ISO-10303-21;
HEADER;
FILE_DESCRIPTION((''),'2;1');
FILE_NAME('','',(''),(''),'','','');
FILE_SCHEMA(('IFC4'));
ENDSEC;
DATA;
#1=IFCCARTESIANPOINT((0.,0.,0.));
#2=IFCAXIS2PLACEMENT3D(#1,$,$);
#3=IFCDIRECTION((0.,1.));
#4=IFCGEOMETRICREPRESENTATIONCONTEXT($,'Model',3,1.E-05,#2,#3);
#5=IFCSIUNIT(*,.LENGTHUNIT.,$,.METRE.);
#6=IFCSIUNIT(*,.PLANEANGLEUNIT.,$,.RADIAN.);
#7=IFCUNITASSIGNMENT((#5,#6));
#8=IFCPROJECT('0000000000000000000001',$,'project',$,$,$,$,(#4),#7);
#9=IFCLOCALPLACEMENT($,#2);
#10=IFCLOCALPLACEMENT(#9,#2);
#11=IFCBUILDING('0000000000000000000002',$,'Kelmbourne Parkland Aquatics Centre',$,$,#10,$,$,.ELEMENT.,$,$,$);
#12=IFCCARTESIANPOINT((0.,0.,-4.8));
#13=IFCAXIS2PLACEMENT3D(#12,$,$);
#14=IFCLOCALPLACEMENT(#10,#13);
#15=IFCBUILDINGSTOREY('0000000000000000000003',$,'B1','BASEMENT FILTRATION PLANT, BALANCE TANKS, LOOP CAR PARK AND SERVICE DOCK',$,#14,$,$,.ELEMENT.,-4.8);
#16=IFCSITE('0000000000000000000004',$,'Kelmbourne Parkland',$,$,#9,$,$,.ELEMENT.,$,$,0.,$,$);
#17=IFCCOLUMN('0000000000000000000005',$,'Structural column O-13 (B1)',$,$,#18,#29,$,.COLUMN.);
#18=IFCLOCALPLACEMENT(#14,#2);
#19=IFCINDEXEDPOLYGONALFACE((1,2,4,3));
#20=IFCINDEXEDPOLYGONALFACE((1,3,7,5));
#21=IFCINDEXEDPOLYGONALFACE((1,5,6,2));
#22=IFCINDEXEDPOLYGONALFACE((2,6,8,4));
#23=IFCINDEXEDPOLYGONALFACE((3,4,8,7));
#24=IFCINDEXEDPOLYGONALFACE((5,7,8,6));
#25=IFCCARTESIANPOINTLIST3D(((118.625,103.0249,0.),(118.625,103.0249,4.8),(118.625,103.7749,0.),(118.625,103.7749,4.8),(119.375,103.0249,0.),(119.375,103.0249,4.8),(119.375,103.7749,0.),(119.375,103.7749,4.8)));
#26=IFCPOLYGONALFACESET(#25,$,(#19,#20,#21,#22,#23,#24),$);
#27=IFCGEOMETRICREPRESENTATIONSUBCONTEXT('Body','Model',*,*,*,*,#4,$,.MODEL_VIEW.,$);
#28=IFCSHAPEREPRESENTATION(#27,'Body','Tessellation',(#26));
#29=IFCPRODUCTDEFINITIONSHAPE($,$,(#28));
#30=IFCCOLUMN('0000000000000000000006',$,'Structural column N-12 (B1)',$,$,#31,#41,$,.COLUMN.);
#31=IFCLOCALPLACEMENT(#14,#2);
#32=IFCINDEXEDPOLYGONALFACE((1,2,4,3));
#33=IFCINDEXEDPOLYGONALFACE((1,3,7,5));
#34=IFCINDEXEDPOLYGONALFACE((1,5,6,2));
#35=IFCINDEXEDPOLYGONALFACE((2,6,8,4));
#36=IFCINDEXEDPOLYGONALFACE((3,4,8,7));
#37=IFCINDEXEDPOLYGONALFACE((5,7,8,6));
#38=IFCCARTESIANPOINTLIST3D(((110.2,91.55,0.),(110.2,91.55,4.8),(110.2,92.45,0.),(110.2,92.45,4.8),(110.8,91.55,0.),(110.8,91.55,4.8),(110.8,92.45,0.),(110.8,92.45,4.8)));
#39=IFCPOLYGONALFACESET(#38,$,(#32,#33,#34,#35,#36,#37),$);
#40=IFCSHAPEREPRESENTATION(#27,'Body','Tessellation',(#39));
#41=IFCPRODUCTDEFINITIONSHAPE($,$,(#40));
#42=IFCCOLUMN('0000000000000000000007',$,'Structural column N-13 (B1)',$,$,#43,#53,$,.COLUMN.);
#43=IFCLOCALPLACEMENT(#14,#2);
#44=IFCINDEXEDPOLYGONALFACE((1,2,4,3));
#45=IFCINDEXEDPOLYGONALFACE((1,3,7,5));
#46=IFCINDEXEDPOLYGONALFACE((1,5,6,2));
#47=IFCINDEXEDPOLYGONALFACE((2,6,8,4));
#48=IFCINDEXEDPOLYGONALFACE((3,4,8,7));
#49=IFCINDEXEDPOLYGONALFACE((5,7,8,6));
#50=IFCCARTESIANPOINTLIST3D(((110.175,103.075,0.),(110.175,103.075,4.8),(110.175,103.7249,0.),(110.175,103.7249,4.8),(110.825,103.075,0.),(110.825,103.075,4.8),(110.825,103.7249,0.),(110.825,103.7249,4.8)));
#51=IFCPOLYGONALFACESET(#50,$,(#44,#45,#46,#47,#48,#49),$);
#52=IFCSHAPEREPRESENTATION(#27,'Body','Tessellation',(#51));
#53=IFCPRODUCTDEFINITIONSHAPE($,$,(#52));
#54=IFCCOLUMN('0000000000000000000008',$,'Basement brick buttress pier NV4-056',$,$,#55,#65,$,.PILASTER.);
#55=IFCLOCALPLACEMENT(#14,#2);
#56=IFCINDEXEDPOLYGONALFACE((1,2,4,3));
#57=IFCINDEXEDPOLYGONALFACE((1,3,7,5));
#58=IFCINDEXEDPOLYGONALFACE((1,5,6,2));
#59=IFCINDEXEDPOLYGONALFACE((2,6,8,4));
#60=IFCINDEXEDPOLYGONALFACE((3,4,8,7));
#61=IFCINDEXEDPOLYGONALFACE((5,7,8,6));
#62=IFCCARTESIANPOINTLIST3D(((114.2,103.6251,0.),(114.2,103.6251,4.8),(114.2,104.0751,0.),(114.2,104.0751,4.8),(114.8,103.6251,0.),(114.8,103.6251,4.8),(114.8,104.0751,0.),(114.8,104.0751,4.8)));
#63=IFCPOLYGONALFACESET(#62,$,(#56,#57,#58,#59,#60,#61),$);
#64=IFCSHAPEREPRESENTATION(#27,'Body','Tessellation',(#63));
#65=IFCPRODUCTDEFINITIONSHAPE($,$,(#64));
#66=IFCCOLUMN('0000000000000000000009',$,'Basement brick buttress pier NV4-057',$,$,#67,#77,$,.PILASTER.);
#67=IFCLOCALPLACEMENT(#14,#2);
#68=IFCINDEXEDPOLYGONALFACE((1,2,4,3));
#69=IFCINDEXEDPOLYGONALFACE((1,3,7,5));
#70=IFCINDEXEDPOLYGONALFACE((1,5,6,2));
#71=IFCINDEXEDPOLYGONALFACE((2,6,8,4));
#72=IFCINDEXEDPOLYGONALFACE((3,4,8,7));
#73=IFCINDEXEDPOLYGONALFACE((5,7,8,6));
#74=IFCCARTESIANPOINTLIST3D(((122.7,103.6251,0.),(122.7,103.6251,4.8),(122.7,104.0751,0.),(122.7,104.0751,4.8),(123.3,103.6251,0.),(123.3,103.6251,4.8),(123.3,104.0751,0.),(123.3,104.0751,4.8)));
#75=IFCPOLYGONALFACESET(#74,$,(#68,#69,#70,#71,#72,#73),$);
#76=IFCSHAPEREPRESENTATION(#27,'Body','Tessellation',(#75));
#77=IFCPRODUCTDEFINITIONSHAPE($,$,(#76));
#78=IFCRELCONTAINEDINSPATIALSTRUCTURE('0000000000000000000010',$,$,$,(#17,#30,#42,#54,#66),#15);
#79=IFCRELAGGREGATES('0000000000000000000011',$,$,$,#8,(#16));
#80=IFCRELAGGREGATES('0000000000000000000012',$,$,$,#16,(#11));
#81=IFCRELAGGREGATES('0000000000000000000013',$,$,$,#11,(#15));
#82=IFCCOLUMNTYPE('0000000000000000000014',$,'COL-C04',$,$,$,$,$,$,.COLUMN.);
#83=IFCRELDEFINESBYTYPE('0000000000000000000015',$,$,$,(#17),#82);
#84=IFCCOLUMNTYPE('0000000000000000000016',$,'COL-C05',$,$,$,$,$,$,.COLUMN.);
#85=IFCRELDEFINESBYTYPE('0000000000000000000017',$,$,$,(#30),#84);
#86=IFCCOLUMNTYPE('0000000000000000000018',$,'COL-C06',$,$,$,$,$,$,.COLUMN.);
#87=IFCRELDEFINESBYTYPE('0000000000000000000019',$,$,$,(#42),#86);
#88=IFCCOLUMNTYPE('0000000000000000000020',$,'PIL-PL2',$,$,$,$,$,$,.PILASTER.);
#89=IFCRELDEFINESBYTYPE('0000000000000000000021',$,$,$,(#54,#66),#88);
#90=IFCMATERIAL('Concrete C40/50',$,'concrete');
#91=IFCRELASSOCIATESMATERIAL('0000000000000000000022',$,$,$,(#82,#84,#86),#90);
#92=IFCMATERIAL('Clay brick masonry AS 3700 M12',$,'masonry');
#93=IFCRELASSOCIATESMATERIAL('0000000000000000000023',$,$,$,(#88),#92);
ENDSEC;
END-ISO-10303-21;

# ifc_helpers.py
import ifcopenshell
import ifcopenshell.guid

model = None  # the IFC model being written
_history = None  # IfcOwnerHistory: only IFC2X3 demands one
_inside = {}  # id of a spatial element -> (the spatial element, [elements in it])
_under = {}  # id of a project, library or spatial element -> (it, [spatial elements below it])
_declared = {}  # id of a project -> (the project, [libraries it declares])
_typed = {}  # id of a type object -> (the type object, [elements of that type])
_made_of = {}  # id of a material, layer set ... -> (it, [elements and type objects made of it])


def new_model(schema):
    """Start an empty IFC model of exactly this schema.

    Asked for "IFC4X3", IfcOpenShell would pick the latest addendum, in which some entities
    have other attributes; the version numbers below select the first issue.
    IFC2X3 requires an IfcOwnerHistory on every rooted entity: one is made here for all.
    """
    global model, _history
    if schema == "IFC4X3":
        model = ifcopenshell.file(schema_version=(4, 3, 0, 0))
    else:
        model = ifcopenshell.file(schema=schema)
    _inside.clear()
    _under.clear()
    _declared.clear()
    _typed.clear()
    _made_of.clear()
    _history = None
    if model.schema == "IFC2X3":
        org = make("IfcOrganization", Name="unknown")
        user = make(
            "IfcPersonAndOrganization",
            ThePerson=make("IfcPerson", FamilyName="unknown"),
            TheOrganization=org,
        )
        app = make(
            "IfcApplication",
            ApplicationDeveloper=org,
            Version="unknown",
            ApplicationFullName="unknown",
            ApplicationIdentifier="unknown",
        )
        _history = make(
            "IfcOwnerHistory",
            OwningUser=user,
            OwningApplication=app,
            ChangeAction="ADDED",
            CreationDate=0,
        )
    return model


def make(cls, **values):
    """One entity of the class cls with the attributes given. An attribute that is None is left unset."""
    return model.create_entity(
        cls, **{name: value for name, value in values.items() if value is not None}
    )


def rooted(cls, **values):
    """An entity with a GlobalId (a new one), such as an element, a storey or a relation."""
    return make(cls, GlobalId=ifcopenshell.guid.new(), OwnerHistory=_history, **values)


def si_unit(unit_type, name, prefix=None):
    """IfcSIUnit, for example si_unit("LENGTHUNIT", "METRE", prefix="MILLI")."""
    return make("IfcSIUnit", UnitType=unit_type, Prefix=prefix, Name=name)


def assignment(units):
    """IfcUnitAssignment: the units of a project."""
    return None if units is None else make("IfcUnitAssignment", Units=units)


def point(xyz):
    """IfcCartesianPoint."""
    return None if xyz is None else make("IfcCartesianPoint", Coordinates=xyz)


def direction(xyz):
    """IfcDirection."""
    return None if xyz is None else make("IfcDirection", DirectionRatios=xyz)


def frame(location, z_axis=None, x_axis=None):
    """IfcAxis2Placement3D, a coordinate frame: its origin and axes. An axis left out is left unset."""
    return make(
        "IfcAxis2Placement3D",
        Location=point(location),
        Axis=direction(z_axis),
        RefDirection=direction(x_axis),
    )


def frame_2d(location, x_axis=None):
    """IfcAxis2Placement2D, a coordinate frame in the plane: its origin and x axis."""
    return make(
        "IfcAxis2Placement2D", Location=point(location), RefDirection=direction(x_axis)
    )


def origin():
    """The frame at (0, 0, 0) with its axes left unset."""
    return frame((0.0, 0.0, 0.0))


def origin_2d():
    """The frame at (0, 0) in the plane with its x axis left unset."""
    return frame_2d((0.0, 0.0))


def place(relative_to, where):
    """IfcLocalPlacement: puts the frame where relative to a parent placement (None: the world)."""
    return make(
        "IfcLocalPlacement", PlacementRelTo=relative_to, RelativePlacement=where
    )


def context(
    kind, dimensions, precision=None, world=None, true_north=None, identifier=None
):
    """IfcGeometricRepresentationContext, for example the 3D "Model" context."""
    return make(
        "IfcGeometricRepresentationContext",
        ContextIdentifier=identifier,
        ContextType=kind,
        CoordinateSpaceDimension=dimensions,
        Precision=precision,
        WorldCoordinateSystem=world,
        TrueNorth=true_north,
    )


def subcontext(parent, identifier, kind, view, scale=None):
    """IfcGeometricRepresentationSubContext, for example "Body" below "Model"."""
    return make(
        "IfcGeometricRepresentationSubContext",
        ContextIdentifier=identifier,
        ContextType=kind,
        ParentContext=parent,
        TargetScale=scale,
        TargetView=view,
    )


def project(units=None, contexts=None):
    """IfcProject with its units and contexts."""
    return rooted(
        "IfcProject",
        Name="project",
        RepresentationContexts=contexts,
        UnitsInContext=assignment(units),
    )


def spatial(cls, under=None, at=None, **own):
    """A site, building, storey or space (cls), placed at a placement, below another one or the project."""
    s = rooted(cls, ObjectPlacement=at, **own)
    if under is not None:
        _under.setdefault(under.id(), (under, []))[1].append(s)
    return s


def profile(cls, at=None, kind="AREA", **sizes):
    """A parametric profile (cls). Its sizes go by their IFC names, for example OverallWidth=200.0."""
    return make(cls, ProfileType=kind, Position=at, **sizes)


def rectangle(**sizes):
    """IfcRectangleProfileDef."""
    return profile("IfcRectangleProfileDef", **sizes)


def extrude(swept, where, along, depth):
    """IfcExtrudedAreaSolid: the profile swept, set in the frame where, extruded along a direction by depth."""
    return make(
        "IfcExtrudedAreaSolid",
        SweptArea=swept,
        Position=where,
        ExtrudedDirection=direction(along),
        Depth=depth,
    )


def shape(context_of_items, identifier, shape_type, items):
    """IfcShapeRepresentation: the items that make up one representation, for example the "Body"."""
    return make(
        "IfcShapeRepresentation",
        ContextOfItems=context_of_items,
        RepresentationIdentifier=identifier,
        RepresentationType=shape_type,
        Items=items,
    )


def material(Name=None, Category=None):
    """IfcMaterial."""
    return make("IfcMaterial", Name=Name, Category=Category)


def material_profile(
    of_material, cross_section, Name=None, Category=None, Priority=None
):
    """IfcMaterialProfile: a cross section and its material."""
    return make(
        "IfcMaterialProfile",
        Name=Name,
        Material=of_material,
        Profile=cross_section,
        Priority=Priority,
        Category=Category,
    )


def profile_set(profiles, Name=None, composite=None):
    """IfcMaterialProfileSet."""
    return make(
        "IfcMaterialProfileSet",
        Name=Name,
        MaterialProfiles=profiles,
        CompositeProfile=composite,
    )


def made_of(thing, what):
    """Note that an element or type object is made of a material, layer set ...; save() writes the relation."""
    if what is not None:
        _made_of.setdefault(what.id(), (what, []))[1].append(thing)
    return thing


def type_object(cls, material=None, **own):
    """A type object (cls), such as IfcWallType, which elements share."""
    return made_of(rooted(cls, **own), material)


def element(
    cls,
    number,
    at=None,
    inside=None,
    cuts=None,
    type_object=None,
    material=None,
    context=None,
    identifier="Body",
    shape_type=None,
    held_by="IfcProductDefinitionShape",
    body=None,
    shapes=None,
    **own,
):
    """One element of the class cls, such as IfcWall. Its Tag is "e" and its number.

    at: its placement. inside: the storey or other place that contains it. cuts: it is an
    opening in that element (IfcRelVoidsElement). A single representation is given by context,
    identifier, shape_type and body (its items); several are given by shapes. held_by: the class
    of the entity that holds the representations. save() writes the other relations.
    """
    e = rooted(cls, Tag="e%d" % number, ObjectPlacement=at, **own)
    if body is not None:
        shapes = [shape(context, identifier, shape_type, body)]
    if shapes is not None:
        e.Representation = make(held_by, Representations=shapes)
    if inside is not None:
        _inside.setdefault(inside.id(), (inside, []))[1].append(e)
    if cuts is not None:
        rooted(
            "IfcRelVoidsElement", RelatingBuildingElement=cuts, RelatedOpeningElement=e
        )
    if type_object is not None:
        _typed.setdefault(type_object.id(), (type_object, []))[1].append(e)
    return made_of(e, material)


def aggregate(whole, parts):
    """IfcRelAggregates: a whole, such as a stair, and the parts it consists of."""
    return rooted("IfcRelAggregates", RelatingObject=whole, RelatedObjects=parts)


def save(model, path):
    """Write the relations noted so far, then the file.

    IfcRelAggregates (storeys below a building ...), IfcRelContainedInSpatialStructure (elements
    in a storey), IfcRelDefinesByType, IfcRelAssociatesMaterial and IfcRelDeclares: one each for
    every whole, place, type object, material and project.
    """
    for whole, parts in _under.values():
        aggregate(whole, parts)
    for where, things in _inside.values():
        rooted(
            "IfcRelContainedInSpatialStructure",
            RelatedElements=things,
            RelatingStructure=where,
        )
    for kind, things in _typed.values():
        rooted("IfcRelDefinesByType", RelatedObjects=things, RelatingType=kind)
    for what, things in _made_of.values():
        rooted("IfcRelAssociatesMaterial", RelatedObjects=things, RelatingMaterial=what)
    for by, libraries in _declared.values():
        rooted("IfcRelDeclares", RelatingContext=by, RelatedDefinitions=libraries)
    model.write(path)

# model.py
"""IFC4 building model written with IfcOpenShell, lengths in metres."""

from ifc_helpers import new_model, si_unit, direction, frame, origin, origin_2d, place, context, subcontext, project, spatial, rectangle, extrude, material, material_profile, profile_set, type_object, element, save


model = new_model("IFC4")

# Units and contexts
model_context = context("Model", 3, precision=1e-05, world=origin(), true_north=direction((0.0, 1.0)))
body_context = subcontext(model_context, "Body", "Model", "MODEL_VIEW")
ifc_project = project(units=[si_unit("LENGTHUNIT", "METRE"), si_unit("PLANEANGLEUNIT", "RADIAN")], contexts=[model_context])

# Site, building, storey
site_placement = place(None, origin())
site = spatial("IfcSite", under=ifc_project, at=site_placement, Name="Kelmbourne Parkland", CompositionType="ELEMENT", RefElevation=0.0)
building_placement = place(site_placement, origin())
building = spatial("IfcBuilding", under=site, at=building_placement, Name="Kelmbourne Parkland Aquatics Centre", CompositionType="ELEMENT")
storey_placement = place(building_placement, frame((0.0, 0.0, -4.8)))
storey = spatial("IfcBuildingStorey", under=building, at=storey_placement, Name="B1", Description="BASEMENT FILTRATION PLANT, BALANCE TANKS, LOOP CAR PARK AND SERVICE DOCK", CompositionType="ELEMENT", Elevation=-4.8)

# Columns
ifc_material_1 = material(Name="Concrete C40/50", Category="concrete")
ifc_material_profile_1 = material_profile(ifc_material_1, rectangle(XDim=0.75, YDim=0.75, at=origin_2d()), Name="RC 750x750")
ifc_profile_set_1 = profile_set([ifc_material_profile_1], Name="Concrete C40/50")
column_type_1 = type_object("IfcColumnType", Name="COL-C04", PredefinedType="COLUMN", material=ifc_profile_set_1)
column_1_placement = place(storey_placement, frame((119.0, 103.3999, 0.0), z_axis=(0.0, 0.0, 1.0), x_axis=(1.0, 0.0, 0.0)))
element("IfcColumn", 1, at=column_1_placement, inside=storey, type_object=column_type_1, Name="Structural column O-13 (B1)", PredefinedType="COLUMN", context=body_context, shape_type="SweptSolid", body=[
    extrude(rectangle(XDim=0.75, YDim=0.75, at=origin_2d()), origin(), (0.0, 0.0, 1.0), 4.8),
])
ifc_material_profile_2 = material_profile(ifc_material_1, rectangle(XDim=0.6001, YDim=0.8999, at=origin_2d()), Name="RC 600x900")
ifc_profile_set_2 = profile_set([ifc_material_profile_2], Name="Concrete C40/50")
column_type_2 = type_object("IfcColumnType", Name="COL-C05", PredefinedType="COLUMN", material=ifc_profile_set_2)
column_2_placement = place(storey_placement, frame((110.5, 92.0, 0.0), z_axis=(0.0, 0.0, 1.0), x_axis=(1.0, 0.0, 0.0)))
element("IfcColumn", 2, at=column_2_placement, inside=storey, type_object=column_type_2, Name="Structural column N-12 (B1)", PredefinedType="COLUMN", context=body_context, shape_type="SweptSolid", body=[
    extrude(rectangle(XDim=0.6001, YDim=0.8999, at=origin_2d()), origin(), (0.0, 0.0, 1.0), 4.8),
])
ifc_material_profile_3 = material_profile(ifc_material_1, rectangle(XDim=0.6499, YDim=0.6499, at=origin_2d()), Name="RC 650x650")
ifc_profile_set_3 = profile_set([ifc_material_profile_3], Name="Concrete C40/50")
column_type_3 = type_object("IfcColumnType", Name="COL-C06", PredefinedType="COLUMN", material=ifc_profile_set_3)
column_3_placement = place(storey_placement, frame((110.5, 103.3999, 0.0), z_axis=(0.0, 0.0, 1.0), x_axis=(1.0, 0.0, 0.0)))
element("IfcColumn", 3, at=column_3_placement, inside=storey, type_object=column_type_3, Name="Structural column N-13 (B1)", PredefinedType="COLUMN", context=body_context, shape_type="SweptSolid", body=[
    extrude(rectangle(XDim=0.6499, YDim=0.6499, at=origin_2d()), origin(), (0.0, 0.0, 1.0), 4.8),
])
ifc_material_2 = material(Name="Clay brick masonry AS 3700 M12", Category="masonry")
ifc_material_profile_4 = material_profile(ifc_material_2, rectangle(XDim=0.45, YDim=0.6001, at=origin_2d()), Name="PIL 450x600")
ifc_profile_set_4 = profile_set([ifc_material_profile_4], Name="Clay brick masonry AS 3700 M12")
column_type_4 = type_object("IfcColumnType", Name="PIL-PL2", PredefinedType="PILASTER", material=ifc_profile_set_4)
for number, where, z_axis, x_axis, name in (
    (4, (114.5, 103.8501, 0.0), (0.0, 0.0, 1.0), (0.0, 1.0, 0.0), "Basement brick buttress pier NV4-056"),
    (5, (123.0, 103.8501, 0.0), (0.0, 0.0, 1.0), (0.0, 1.0, 0.0), "Basement brick buttress pier NV4-057"),
):
    element("IfcColumn", number, at=place(storey_placement, frame(where, z_axis=z_axis, x_axis=x_axis)), inside=storey, type_object=column_type_4, Name=name, PredefinedType="PILASTER", context=body_context, shape_type="SweptSolid", body=[
        extrude(rectangle(XDim=0.45, YDim=0.6001, at=origin_2d()), origin(), (0.0, 0.0, 1.0), 4.8),
    ])

save(model, "model.ifc")
